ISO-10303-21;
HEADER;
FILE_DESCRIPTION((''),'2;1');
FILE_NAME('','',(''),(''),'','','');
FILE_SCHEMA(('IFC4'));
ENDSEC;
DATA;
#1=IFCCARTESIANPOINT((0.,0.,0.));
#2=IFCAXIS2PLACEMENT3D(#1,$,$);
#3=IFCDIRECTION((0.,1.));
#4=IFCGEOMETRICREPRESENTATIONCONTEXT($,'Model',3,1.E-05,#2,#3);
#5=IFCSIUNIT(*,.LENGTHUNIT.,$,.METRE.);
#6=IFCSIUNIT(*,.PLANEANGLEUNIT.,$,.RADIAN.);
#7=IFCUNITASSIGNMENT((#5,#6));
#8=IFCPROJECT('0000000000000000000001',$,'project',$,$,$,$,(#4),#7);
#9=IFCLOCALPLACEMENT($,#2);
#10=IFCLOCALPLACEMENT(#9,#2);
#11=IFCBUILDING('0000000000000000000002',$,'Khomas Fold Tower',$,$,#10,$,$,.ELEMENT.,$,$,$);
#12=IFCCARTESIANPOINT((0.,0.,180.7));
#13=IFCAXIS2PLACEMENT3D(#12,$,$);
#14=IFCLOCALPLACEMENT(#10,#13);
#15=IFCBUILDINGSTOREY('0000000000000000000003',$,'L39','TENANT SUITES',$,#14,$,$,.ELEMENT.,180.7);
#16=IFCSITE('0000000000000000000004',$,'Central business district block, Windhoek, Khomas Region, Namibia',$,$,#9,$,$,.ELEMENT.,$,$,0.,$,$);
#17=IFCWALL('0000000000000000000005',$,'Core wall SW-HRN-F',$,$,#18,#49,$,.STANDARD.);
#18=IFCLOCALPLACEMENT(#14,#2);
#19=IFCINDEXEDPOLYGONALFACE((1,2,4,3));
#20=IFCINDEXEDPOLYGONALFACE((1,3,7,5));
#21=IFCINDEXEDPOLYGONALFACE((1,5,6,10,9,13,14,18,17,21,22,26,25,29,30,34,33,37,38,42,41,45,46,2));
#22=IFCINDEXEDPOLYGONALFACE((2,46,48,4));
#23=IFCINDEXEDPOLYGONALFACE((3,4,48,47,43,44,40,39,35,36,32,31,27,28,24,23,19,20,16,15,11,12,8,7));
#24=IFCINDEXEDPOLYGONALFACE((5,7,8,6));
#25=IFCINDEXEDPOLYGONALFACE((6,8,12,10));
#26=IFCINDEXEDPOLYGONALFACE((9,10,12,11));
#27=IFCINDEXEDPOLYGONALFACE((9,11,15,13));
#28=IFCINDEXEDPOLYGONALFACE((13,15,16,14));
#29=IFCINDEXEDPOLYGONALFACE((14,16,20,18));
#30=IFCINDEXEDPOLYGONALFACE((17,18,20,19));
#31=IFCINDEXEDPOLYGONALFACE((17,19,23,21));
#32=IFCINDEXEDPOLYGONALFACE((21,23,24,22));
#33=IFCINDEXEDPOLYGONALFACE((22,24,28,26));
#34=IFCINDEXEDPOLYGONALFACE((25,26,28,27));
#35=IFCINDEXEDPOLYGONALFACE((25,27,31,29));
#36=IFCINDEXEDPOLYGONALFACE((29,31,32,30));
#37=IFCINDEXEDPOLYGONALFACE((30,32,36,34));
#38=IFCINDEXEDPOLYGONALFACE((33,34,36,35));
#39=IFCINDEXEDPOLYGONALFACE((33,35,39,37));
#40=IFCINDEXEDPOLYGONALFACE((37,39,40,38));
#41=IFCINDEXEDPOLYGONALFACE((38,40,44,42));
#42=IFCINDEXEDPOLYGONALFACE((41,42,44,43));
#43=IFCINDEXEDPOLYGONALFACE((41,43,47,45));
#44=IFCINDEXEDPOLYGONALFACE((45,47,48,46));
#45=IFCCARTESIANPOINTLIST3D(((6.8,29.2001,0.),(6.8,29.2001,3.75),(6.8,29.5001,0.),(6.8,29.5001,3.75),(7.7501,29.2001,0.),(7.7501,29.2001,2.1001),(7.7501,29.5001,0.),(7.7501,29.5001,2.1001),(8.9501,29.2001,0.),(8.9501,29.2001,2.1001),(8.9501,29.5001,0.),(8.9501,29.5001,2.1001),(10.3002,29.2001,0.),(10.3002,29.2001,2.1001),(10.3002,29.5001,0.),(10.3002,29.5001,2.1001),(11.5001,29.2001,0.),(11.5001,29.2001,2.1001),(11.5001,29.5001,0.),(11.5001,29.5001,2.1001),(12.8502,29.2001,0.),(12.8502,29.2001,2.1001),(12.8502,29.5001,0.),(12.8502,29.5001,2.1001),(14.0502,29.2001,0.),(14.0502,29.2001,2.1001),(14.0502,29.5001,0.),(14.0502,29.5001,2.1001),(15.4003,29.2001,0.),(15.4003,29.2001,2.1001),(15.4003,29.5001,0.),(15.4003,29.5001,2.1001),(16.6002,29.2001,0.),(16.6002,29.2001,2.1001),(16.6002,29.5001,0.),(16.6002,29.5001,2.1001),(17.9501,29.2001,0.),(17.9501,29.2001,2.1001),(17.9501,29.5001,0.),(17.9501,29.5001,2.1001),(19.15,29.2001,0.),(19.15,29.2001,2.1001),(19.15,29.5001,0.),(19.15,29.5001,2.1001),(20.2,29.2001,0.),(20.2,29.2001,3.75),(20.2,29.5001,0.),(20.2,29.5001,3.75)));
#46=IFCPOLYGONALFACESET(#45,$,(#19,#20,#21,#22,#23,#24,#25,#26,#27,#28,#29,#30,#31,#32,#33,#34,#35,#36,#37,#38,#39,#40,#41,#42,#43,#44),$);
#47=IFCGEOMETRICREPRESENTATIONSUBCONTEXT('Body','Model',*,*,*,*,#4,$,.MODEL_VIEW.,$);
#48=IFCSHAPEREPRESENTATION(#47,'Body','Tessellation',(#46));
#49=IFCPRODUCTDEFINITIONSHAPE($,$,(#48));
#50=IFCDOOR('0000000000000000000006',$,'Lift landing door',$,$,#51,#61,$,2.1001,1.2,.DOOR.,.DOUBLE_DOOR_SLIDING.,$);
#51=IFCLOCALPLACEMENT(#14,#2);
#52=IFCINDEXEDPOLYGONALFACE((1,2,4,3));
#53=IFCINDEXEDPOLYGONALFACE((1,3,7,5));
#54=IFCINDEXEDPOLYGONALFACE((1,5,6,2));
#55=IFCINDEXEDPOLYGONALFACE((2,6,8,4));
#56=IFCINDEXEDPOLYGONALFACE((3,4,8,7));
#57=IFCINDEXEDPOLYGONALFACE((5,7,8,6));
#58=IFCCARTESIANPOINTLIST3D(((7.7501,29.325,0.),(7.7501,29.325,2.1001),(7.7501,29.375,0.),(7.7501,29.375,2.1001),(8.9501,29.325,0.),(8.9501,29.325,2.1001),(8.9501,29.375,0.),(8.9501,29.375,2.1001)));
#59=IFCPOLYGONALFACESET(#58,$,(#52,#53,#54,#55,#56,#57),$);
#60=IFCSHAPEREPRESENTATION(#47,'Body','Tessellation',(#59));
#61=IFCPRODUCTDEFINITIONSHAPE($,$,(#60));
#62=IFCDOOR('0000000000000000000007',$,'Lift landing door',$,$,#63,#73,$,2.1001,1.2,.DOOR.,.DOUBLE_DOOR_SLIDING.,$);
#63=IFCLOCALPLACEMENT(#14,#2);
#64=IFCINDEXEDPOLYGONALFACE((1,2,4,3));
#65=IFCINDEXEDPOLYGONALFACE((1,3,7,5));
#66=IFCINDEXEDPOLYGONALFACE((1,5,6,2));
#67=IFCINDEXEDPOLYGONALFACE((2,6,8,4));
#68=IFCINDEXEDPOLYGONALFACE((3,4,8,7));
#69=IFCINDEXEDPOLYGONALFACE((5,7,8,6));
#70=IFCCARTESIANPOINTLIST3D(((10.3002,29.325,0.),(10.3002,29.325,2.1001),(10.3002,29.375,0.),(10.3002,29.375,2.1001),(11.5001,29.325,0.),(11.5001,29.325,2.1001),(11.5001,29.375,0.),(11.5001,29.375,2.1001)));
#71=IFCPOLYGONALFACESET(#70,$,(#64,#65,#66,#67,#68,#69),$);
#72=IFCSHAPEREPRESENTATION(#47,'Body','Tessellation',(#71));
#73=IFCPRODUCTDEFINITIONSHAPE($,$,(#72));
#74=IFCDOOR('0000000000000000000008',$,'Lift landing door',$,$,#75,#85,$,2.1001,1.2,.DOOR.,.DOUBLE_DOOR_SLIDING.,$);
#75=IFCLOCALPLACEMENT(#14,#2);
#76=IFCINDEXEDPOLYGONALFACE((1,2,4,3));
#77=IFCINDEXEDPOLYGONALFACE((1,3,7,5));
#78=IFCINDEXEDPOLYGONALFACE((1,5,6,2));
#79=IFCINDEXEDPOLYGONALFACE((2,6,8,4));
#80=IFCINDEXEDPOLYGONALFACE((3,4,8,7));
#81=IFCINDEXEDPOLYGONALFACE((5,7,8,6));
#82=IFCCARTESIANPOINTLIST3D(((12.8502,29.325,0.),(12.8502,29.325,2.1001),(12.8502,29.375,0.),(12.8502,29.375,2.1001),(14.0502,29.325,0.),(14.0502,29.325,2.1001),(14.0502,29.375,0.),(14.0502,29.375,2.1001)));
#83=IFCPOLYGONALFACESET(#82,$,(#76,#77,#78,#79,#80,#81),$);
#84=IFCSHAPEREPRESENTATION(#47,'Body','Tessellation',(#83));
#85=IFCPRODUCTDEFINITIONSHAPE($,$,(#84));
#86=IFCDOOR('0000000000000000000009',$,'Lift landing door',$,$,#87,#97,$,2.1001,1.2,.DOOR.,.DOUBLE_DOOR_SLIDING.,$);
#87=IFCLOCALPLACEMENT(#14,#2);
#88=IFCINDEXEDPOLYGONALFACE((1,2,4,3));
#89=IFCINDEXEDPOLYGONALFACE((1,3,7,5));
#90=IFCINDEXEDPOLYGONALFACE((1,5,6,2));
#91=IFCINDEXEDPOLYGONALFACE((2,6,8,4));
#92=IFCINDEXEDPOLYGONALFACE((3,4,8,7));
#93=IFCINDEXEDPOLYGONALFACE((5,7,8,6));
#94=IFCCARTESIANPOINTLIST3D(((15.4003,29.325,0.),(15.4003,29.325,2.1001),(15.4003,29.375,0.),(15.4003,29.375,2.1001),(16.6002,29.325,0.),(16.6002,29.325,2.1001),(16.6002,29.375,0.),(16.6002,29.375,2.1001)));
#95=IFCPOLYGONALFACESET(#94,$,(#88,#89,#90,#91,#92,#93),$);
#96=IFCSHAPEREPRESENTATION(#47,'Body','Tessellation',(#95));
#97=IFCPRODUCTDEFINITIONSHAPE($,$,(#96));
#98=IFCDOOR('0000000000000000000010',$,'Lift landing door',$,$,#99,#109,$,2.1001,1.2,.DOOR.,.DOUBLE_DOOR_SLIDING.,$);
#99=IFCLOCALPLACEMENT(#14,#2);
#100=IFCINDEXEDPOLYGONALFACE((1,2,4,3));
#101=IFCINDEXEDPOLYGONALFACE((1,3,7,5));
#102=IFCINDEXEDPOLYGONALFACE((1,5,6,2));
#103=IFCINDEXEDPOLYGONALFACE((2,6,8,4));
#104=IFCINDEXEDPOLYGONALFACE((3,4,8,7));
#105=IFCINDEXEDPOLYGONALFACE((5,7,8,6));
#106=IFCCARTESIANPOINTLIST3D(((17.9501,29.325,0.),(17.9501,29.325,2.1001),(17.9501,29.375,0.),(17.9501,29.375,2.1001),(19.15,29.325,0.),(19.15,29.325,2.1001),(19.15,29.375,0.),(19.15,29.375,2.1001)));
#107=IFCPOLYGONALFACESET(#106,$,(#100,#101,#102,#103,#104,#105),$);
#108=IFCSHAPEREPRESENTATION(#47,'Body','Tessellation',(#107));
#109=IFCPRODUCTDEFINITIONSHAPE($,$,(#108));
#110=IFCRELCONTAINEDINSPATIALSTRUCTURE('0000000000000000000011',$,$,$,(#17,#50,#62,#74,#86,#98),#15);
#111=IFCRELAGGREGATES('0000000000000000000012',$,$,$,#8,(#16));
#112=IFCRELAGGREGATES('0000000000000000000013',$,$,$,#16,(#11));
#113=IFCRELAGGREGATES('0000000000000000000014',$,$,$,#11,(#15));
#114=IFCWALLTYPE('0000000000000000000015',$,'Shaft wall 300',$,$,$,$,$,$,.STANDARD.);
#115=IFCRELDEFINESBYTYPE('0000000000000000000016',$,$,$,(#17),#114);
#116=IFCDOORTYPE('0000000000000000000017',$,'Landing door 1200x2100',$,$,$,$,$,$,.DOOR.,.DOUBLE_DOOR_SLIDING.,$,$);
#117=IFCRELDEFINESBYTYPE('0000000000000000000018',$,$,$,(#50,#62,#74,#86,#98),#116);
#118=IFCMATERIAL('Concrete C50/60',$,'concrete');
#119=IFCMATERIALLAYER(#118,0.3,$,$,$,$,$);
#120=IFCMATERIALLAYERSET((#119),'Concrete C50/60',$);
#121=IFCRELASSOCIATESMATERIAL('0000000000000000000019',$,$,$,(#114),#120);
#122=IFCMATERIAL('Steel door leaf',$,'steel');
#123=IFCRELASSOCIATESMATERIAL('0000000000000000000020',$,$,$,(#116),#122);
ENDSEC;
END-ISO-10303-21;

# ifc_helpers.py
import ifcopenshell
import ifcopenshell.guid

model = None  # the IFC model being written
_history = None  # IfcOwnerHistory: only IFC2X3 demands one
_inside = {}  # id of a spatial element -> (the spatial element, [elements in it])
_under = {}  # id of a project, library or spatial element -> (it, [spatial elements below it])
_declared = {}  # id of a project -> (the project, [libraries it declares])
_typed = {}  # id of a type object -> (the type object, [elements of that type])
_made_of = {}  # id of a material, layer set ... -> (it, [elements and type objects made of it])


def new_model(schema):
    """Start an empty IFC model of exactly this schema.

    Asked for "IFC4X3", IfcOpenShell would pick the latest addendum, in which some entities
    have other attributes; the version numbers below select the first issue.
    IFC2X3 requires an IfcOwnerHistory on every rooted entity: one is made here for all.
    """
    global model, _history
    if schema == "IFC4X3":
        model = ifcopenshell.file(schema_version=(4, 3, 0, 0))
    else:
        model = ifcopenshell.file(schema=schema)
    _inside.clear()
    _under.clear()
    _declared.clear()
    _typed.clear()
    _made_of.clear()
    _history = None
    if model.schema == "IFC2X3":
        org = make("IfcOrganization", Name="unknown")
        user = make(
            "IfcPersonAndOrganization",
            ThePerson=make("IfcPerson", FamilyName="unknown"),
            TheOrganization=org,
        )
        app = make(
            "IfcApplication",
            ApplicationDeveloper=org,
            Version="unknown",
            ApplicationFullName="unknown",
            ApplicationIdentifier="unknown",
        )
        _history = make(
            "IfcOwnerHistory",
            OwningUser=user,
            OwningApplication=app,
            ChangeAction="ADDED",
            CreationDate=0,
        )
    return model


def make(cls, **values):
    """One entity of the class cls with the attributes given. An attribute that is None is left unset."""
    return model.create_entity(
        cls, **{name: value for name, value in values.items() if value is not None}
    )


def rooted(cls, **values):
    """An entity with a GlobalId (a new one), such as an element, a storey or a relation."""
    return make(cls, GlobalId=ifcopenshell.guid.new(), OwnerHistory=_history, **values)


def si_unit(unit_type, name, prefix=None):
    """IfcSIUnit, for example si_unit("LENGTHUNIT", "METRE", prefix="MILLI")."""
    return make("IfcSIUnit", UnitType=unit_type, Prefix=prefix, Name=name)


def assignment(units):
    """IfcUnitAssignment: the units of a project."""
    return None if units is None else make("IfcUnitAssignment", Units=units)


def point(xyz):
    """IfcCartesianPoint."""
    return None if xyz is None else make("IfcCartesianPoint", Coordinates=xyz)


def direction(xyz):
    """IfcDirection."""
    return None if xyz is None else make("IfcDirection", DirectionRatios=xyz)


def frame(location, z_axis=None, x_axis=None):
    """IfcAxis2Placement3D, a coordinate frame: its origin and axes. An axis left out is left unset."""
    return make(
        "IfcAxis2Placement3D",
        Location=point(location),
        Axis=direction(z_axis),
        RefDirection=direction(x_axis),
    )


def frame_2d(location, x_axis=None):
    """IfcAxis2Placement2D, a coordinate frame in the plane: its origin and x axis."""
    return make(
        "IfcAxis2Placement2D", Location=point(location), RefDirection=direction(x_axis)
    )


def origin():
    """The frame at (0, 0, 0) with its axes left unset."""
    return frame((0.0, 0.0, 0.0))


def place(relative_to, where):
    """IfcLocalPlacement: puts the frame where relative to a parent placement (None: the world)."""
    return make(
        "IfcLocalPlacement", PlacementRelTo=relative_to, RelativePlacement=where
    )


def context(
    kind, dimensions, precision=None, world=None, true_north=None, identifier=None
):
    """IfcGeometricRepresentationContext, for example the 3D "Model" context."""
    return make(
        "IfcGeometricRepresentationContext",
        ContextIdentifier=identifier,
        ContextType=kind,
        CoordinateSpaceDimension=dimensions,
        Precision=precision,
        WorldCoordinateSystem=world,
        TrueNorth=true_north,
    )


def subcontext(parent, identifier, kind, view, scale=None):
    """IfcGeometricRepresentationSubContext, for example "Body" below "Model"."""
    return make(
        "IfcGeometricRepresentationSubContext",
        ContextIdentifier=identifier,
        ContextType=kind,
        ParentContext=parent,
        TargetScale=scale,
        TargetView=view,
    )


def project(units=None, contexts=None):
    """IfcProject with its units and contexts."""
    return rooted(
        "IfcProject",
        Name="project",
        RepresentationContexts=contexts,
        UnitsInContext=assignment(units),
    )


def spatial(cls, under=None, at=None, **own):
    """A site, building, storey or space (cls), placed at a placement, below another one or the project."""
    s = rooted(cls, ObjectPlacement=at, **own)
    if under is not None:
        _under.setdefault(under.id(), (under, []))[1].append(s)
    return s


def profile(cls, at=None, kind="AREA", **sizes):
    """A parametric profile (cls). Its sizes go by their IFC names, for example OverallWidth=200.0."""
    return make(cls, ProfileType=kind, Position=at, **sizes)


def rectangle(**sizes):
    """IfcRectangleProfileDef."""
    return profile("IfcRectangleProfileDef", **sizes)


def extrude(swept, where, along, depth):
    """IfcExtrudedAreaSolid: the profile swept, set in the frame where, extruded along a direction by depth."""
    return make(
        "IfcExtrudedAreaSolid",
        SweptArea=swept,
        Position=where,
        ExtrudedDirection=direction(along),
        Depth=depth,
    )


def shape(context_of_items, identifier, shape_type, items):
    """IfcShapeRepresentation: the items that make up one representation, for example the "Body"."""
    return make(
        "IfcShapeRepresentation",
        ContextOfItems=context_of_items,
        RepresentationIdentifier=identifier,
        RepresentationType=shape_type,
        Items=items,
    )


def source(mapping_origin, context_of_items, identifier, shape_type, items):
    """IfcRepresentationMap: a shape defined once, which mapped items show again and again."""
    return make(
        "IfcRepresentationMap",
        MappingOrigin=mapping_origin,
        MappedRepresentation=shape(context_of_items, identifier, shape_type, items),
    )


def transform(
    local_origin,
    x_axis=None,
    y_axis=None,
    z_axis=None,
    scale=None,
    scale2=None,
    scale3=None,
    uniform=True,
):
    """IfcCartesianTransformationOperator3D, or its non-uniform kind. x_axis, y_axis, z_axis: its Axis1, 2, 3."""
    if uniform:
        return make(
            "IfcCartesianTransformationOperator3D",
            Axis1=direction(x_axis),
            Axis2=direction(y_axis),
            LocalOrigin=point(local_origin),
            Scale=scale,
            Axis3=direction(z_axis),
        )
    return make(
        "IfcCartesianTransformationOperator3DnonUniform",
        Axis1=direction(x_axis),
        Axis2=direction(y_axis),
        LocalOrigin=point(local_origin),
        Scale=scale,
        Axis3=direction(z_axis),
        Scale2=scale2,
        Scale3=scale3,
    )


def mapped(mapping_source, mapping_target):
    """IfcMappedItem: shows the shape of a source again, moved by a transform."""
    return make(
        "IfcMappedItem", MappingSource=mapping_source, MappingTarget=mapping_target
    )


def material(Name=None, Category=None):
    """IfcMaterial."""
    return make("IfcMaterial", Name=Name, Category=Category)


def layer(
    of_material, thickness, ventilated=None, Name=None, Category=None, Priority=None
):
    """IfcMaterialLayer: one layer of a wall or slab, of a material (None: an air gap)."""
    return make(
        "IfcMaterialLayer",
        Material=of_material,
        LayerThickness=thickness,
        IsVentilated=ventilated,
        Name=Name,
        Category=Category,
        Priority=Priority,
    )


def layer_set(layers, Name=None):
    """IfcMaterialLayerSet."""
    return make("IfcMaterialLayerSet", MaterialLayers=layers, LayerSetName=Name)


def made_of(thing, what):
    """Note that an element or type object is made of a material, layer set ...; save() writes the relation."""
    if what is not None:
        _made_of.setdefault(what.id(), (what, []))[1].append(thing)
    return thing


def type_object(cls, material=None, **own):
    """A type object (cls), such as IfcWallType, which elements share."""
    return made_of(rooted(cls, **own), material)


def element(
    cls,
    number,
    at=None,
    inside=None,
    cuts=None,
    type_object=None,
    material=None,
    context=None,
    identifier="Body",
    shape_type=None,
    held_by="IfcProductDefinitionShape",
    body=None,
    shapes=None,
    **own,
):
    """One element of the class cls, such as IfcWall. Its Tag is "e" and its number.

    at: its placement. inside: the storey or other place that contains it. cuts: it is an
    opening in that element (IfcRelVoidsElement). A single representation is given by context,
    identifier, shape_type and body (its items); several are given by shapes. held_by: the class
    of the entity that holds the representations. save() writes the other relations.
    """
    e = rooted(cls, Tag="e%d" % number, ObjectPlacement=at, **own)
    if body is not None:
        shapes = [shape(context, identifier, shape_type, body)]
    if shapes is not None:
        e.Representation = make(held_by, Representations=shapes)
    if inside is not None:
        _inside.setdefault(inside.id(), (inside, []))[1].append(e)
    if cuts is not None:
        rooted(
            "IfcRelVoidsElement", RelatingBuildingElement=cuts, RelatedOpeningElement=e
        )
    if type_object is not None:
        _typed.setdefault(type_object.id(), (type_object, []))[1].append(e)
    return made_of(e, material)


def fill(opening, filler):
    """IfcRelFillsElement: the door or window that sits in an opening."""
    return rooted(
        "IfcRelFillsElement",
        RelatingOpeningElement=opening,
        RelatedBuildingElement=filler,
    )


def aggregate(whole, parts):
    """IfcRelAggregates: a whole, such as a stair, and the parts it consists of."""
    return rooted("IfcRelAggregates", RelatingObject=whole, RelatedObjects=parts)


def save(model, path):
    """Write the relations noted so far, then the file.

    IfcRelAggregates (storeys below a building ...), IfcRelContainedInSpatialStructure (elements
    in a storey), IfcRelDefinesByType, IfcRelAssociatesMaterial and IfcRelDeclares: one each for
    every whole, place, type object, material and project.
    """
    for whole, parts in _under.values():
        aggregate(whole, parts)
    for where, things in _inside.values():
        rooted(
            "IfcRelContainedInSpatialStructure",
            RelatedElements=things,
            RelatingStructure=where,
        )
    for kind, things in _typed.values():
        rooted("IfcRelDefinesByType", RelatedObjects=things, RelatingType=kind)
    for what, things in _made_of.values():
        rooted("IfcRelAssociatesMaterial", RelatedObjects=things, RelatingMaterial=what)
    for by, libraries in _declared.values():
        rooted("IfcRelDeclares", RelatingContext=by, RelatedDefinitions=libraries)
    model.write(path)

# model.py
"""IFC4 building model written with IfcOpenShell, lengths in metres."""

from ifc_helpers import new_model, si_unit, direction, frame, frame_2d, origin, place, context, subcontext, project, spatial, rectangle, extrude, source, transform, mapped, material, layer, layer_set, type_object, element, fill, save


model = new_model("IFC4")

# Units and contexts
model_context = context("Model", 3, precision=1e-05, world=origin(), true_north=direction((0.0, 1.0)))
body_context = subcontext(model_context, "Body", "Model", "MODEL_VIEW")
ifc_project = project(units=[si_unit("LENGTHUNIT", "METRE"), si_unit("PLANEANGLEUNIT", "RADIAN")], contexts=[model_context])

# Site, building, storey
site_placement = place(None, origin())
site = spatial("IfcSite", under=ifc_project, at=site_placement, Name="Central business district block, Windhoek, Khomas Region, Namibia", CompositionType="ELEMENT", RefElevation=0.0)
building_placement = place(site_placement, origin())
building = spatial("IfcBuilding", under=site, at=building_placement, Name="Khomas Fold Tower", CompositionType="ELEMENT")
storey_placement = place(building_placement, frame((0.0, 0.0, 180.7)))
storey = spatial("IfcBuildingStorey", under=building, at=storey_placement, Name="L39", Description="TENANT SUITES", CompositionType="ELEMENT", Elevation=180.7)

# Shared definitions
ifc_material_1 = material(Name="Concrete C50/60", Category="concrete")
ifc_layer_1 = layer(ifc_material_1, 0.3)
ifc_layer_set_1 = layer_set([ifc_layer_1], Name="Concrete C50/60")
wall_type_1 = type_object("IfcWallType", Name="Shaft wall 300", PredefinedType="STANDARD", material=ifc_layer_set_1)
shared_shape_1 = source(origin(), body_context, "Body", "SweptSolid", [
    extrude(rectangle(XDim=13.3999, YDim=0.3, at=frame_2d((6.7, 0.0))), origin(), (0.0, 0.0, 1.0), 3.75),
])

# Wall, openings, doors
wall_1_placement = place(storey_placement, frame((6.8, 29.3501, 0.0), z_axis=(0.0, 0.0, 1.0), x_axis=(1.0, 0.0, 0.0)))
wall_1 = element("IfcWall", 1, at=wall_1_placement, inside=storey, type_object=wall_type_1, Name="Core wall SW-HRN-F", PredefinedType="STANDARD", context=body_context, shape_type="MappedRepresentation", body=[
    mapped(shared_shape_1, transform((0.0, 0.0, 0.0))),
])
shared_shape_2 = source(origin(), body_context, "Body", "SweptSolid", [
    extrude(rectangle(XDim=1.2, YDim=2.1001, at=frame_2d((0.6001, 1.05))), frame((0.0, 0.1599, 0.0), z_axis=(0.0, -1.0, 0.0), x_axis=(1.0, 0.0, 0.0)), (0.0, 0.0, 1.0), 0.3201),
])
opening_1_placement = place(wall_1_placement, frame((0.95, 0.0, 0.0)))
opening_1 = element("IfcOpeningElement", 2, at=opening_1_placement, cuts=wall_1, PredefinedType="OPENING", context=body_context, shape_type="MappedRepresentation", body=[
    mapped(shared_shape_2, transform((0.0, 0.0, 0.0))),
])
opening_2_placement = place(wall_1_placement, frame((3.5, 0.0, 0.0)))
opening_2 = element("IfcOpeningElement", 3, at=opening_2_placement, cuts=wall_1, PredefinedType="OPENING", context=body_context, shape_type="MappedRepresentation", body=[
    mapped(shared_shape_2, transform((0.0, 0.0, 0.0))),
])
opening_3_placement = place(wall_1_placement, frame((6.05, 0.0, 0.0)))
opening_3 = element("IfcOpeningElement", 4, at=opening_3_placement, cuts=wall_1, PredefinedType="OPENING", context=body_context, shape_type="MappedRepresentation", body=[
    mapped(shared_shape_2, transform((0.0, 0.0, 0.0))),
])
opening_4_placement = place(wall_1_placement, frame((8.6001, 0.0, 0.0)))
opening_4 = element("IfcOpeningElement", 5, at=opening_4_placement, cuts=wall_1, PredefinedType="OPENING", context=body_context, shape_type="MappedRepresentation", body=[
    mapped(shared_shape_2, transform((0.0, 0.0, 0.0))),
])
opening_5_placement = place(wall_1_placement, frame((11.1499, 0.0, 0.0)))
opening_5 = element("IfcOpeningElement", 6, at=opening_5_placement, cuts=wall_1, PredefinedType="OPENING", context=body_context, shape_type="MappedRepresentation", body=[
    mapped(shared_shape_2, transform((0.0, 0.0, 0.0))),
])
ifc_material_2 = material(Name="Steel door leaf", Category="steel")
door_type = type_object("IfcDoorType", Name="Landing door 1200x2100", OperationType="DOUBLE_DOOR_SLIDING", PredefinedType="DOOR", material=ifc_material_2)
shared_shape_3 = source(origin(), body_context, "Body", "SweptSolid", [
    extrude(rectangle(XDim=1.2, YDim=2.1001, at=frame_2d((0.6001, 1.05))), frame((0.0, 0.0249, 0.0), z_axis=(0.0, -1.0, 0.0), x_axis=(1.0, 0.0, 0.0)), (0.0, 0.0, 1.0), 0.05),
])
door_1_placement = place(opening_1_placement, origin())
door_1 = element("IfcDoor", 7, at=door_1_placement, inside=storey, type_object=door_type, Name="Lift landing door", OperationType="DOUBLE_DOOR_SLIDING", OverallHeight=2.1001, OverallWidth=1.2, PredefinedType="DOOR", context=body_context, shape_type="MappedRepresentation", body=[
    mapped(shared_shape_3, transform((0.0, 0.0, 0.0))),
])
fill(opening_1, door_1)
door_2_placement = place(opening_2_placement, origin())
door_2 = element("IfcDoor", 8, at=door_2_placement, inside=storey, type_object=door_type, Name="Lift landing door", OperationType="DOUBLE_DOOR_SLIDING", OverallHeight=2.1001, OverallWidth=1.2, PredefinedType="DOOR", context=body_context, shape_type="MappedRepresentation", body=[
    mapped(shared_shape_3, transform((0.0, 0.0, 0.0))),
])
fill(opening_2, door_2)
door_3_placement = place(opening_3_placement, origin())
door_3 = element("IfcDoor", 9, at=door_3_placement, inside=storey, type_object=door_type, Name="Lift landing door", OperationType="DOUBLE_DOOR_SLIDING", OverallHeight=2.1001, OverallWidth=1.2, PredefinedType="DOOR", context=body_context, shape_type="MappedRepresentation", body=[
    mapped(shared_shape_3, transform((0.0, 0.0, 0.0))),
])
fill(opening_3, door_3)
door_4_placement = place(opening_4_placement, origin())
door_4 = element("IfcDoor", 10, at=door_4_placement, inside=storey, type_object=door_type, Name="Lift landing door", OperationType="DOUBLE_DOOR_SLIDING", OverallHeight=2.1001, OverallWidth=1.2, PredefinedType="DOOR", context=body_context, shape_type="MappedRepresentation", body=[
    mapped(shared_shape_3, transform((0.0, 0.0, 0.0))),
])
fill(opening_4, door_4)
door_5_placement = place(opening_5_placement, origin())
door_5 = element("IfcDoor", 11, at=door_5_placement, inside=storey, type_object=door_type, Name="Lift landing door", OperationType="DOUBLE_DOOR_SLIDING", OverallHeight=2.1001, OverallWidth=1.2, PredefinedType="DOOR", context=body_context, shape_type="MappedRepresentation", body=[
    mapped(shared_shape_3, transform((0.0, 0.0, 0.0))),
])
fill(opening_5, door_5)

save(model, "model.ifc")
